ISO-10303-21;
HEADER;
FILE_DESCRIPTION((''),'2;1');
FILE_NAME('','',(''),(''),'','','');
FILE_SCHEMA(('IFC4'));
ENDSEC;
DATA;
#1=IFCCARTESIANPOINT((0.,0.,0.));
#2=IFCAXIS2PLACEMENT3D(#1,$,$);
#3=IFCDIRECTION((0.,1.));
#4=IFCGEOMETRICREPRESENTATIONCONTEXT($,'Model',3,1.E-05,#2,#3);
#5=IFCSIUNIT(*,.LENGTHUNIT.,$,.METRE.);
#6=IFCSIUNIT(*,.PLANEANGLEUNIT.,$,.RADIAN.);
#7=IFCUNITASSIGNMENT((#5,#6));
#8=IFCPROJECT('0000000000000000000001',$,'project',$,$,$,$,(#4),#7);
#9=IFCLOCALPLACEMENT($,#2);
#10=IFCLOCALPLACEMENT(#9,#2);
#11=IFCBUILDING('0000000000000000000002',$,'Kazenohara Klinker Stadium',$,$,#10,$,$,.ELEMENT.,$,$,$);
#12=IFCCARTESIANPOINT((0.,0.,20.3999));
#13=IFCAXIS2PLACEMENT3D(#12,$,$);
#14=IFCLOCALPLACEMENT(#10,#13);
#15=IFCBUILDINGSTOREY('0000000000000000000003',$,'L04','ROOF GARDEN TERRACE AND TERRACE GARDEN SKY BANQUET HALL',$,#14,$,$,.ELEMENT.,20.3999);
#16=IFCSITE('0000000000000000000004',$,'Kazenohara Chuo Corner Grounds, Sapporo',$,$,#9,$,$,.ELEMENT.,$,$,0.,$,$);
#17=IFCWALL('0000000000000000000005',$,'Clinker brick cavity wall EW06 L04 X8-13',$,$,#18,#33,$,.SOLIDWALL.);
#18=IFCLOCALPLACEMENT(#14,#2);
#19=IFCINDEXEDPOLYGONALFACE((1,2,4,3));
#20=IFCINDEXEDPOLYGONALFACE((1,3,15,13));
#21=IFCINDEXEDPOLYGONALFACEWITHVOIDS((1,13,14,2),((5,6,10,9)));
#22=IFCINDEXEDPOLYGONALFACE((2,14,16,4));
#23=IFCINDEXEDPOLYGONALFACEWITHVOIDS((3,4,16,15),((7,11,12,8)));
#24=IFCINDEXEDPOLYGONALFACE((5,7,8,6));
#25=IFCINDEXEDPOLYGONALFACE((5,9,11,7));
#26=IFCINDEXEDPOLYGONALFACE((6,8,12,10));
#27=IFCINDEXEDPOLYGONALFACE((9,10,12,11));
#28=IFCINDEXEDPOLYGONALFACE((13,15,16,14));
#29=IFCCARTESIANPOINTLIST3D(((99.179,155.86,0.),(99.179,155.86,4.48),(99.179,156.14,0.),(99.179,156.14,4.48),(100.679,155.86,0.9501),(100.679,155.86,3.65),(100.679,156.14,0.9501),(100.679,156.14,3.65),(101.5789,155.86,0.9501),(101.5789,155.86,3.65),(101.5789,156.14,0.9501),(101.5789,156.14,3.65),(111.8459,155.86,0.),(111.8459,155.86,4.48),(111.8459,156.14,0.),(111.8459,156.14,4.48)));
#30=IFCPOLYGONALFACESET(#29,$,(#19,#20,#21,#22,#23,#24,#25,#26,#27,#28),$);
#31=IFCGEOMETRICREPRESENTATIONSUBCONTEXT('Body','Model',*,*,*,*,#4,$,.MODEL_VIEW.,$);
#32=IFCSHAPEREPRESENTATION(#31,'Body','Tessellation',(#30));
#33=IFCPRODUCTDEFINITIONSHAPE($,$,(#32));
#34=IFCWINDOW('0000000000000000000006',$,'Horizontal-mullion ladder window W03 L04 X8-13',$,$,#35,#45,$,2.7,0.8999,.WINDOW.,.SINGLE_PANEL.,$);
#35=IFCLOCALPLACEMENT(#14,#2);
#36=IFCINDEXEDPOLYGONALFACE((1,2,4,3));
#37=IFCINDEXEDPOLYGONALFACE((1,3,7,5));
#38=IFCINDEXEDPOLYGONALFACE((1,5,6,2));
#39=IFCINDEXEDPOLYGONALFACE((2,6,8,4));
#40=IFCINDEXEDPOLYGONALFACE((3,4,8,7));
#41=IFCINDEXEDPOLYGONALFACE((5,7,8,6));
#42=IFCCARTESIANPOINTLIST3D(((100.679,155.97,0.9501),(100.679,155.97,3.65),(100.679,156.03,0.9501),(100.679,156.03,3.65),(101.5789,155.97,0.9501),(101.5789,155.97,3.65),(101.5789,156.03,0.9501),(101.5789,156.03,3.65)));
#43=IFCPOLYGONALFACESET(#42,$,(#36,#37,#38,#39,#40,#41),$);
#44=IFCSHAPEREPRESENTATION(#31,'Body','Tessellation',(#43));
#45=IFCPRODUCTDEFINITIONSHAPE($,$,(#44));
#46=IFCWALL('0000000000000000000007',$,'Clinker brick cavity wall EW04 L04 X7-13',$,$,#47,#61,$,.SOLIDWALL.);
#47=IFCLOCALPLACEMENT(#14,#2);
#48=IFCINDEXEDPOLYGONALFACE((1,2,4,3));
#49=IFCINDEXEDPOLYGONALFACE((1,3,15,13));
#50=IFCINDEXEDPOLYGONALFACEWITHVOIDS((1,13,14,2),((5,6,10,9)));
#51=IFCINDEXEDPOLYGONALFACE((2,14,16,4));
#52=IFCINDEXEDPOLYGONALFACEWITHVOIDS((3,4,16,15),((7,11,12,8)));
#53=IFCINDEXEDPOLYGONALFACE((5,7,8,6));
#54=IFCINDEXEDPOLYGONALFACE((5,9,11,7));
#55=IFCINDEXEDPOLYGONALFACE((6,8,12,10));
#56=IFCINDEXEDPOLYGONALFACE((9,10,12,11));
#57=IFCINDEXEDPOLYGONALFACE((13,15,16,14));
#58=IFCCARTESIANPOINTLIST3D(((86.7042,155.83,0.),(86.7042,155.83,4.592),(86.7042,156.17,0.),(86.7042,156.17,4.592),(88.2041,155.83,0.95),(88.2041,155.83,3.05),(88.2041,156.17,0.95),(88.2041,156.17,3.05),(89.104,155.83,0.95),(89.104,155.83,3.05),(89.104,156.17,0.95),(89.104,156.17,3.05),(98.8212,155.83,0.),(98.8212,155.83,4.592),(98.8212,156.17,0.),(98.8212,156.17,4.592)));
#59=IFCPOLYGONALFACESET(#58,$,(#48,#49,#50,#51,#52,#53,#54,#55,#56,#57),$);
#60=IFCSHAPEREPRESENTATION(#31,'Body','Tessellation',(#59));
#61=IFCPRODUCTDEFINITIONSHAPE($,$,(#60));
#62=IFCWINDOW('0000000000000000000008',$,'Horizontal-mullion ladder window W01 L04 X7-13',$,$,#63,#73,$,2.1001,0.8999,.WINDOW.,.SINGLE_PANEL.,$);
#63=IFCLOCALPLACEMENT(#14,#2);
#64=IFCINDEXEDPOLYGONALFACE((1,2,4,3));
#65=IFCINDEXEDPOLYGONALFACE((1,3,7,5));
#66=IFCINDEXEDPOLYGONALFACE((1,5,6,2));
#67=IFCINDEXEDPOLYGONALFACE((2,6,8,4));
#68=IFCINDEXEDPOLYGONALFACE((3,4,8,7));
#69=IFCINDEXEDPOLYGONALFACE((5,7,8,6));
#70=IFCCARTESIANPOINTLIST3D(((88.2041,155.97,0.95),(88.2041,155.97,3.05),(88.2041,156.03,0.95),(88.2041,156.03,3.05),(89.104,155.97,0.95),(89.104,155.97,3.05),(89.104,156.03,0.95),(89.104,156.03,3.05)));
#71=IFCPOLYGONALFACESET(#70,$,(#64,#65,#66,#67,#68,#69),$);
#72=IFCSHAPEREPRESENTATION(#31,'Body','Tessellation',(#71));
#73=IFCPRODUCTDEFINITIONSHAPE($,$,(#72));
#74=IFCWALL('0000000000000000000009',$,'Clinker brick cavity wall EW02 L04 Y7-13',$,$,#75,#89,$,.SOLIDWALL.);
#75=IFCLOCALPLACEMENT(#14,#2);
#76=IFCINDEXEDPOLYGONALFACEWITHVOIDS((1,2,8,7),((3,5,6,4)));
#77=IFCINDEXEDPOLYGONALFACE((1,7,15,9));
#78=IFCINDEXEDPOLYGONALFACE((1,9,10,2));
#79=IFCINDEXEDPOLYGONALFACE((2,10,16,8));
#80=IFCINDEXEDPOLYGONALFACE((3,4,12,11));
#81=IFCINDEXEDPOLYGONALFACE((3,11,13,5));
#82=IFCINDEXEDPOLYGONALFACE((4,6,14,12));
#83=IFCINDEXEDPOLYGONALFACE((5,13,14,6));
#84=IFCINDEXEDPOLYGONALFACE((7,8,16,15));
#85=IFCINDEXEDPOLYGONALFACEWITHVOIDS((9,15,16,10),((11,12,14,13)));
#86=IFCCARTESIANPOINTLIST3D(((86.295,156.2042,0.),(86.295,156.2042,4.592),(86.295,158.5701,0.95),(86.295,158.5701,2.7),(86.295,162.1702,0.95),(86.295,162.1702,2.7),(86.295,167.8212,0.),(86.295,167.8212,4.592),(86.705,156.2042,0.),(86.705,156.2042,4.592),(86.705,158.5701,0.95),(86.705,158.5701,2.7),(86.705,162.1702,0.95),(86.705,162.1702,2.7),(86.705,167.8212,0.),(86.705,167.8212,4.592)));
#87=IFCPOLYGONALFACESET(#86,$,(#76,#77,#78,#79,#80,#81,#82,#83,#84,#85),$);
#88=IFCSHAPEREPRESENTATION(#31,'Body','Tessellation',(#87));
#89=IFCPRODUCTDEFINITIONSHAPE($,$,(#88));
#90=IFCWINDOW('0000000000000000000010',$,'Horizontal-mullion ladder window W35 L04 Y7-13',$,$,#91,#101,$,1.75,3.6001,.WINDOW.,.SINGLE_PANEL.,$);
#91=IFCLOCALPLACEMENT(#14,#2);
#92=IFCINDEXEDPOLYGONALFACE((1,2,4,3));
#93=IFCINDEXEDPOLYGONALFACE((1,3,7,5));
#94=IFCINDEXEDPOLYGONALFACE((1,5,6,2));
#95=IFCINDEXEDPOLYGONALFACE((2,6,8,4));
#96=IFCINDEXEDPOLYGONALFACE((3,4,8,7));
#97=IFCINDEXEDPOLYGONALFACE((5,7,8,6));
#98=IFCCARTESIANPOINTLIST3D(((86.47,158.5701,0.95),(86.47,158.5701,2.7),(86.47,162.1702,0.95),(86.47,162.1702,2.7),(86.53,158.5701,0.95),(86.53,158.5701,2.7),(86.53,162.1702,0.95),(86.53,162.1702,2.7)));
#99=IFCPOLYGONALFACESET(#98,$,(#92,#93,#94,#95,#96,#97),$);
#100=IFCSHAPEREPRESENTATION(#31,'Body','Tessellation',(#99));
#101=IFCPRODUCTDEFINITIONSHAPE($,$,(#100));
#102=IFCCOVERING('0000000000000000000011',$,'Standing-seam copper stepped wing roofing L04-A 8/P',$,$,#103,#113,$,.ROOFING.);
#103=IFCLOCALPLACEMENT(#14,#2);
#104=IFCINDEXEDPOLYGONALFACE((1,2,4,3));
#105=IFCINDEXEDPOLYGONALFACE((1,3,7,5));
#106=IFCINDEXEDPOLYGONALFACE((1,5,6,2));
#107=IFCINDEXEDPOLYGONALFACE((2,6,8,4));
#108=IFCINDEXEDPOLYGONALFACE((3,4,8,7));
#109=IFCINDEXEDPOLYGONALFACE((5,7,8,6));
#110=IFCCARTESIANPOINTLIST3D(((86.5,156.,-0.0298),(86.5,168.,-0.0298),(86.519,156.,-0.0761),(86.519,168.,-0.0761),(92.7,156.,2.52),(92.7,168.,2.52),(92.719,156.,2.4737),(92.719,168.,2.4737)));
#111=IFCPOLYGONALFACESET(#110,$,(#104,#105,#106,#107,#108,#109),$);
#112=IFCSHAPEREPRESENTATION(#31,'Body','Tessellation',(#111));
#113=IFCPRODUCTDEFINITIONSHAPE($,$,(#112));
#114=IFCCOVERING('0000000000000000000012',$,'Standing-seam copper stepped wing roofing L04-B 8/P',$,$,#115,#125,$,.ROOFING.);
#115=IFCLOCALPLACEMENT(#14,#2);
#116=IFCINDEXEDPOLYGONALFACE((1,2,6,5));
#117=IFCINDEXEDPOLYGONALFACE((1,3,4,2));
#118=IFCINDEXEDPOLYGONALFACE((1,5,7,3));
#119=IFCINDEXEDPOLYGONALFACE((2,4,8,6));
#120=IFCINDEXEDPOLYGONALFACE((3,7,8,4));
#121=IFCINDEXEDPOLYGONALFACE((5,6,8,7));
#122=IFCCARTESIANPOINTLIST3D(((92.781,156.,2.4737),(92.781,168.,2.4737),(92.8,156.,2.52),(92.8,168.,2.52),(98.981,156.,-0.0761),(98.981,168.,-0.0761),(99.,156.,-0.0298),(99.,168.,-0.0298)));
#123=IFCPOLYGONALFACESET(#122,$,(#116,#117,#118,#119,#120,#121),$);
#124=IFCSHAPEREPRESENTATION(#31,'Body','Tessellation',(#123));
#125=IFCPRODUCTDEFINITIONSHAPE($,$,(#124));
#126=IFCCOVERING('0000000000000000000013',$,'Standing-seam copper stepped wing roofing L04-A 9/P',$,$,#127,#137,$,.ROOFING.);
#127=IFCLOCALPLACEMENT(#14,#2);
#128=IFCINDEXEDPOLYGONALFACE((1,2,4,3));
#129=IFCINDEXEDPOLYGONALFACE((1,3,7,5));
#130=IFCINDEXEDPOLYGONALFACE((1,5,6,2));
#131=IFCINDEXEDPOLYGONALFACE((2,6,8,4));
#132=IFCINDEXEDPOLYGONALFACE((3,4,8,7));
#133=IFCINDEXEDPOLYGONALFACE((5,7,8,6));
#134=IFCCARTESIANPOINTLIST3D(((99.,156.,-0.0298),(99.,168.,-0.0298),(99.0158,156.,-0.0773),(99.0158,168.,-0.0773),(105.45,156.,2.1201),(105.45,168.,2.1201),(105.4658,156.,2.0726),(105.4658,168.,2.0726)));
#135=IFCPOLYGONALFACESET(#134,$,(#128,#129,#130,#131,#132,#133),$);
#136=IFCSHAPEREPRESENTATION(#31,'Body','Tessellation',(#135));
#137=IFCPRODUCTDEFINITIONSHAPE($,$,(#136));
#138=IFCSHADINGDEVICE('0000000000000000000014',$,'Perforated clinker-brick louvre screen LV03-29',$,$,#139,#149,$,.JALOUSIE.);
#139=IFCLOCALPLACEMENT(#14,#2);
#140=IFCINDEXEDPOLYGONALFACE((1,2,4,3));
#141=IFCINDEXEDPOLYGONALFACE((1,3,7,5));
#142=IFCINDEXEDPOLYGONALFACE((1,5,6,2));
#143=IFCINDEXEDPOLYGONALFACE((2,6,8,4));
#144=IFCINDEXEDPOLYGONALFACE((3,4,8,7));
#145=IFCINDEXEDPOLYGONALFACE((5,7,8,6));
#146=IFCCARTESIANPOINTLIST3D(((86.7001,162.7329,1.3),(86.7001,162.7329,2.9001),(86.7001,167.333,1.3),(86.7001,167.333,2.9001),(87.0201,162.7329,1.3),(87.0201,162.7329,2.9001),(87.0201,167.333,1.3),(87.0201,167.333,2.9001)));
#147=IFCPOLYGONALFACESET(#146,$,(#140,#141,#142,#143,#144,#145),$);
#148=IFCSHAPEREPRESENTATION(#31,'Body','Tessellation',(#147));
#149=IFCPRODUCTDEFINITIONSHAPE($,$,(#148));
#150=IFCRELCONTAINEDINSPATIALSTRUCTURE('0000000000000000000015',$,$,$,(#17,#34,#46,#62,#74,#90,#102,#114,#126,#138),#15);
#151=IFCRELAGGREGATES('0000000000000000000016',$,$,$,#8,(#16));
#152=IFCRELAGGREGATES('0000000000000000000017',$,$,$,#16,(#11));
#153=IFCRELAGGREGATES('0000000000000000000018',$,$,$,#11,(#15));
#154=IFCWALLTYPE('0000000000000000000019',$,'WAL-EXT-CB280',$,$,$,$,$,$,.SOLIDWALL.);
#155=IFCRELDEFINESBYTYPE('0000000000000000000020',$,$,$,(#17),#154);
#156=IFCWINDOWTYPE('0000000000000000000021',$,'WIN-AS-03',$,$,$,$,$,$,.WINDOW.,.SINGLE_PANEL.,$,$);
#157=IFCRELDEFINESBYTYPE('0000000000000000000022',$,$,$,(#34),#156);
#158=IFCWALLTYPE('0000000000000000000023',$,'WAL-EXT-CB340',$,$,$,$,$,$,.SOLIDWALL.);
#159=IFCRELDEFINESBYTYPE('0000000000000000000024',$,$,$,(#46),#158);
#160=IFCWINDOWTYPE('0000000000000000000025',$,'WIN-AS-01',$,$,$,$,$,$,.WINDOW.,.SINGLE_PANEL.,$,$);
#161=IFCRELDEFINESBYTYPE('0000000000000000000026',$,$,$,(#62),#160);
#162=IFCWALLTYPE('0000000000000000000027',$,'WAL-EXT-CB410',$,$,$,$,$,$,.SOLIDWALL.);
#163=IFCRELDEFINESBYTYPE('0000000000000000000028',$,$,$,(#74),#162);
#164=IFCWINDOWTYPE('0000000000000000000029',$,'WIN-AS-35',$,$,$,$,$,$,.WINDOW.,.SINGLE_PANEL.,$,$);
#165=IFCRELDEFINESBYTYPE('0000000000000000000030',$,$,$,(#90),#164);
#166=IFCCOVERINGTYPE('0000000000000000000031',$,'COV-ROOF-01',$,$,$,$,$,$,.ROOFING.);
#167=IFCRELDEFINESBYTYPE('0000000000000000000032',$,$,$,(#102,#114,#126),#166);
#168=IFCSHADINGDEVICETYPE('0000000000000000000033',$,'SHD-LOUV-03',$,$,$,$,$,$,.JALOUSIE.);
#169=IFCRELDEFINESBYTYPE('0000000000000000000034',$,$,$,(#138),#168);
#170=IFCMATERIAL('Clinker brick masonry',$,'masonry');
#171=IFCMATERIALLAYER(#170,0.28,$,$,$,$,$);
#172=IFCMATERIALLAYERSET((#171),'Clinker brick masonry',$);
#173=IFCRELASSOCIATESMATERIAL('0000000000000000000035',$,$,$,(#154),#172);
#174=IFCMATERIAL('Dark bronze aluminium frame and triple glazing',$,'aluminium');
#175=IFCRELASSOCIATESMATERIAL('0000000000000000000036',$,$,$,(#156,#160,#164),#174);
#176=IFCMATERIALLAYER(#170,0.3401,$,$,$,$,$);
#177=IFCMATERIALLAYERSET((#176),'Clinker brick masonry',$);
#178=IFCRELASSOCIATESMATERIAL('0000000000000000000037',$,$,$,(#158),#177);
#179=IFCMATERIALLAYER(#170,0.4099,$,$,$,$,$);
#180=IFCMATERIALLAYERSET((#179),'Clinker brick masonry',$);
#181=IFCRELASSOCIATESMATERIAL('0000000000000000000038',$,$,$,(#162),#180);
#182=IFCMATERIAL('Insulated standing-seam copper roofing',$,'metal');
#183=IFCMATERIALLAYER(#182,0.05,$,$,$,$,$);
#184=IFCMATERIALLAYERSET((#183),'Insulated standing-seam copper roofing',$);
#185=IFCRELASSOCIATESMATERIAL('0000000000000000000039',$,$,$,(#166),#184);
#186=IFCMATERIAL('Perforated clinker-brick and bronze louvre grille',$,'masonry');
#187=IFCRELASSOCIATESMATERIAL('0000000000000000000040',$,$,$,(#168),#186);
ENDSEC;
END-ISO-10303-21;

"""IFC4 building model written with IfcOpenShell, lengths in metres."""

from ifc_helpers import new_model, si_unit, direction, frame, frame_2d, origin, origin_2d, place, context, subcontext, project, spatial, polyline, rectangle, outline, extrude, material, layer, layer_set, type_object, element, fill, save


model = new_model("IFC4")

# Units and contexts
model_context = context("Model", 3, precision=1e-05, world=origin(), true_north=direction((0.0, 1.0)))
body_context = subcontext(model_context, "Body", "Model", "MODEL_VIEW")
ifc_project = project(units=[si_unit("LENGTHUNIT", "METRE"), si_unit("PLANEANGLEUNIT", "RADIAN")], contexts=[model_context])

# Site, building, storey
site_placement = place(None, origin())
site = spatial("IfcSite", under=ifc_project, at=site_placement, Name="Kazenohara Chuo Corner Grounds, Sapporo", CompositionType="ELEMENT", RefElevation=0.0)
building_placement = place(site_placement, origin())
building = spatial("IfcBuilding", under=site, at=building_placement, Name="Kazenohara Klinker Stadium", CompositionType="ELEMENT")
storey_placement = place(building_placement, frame((0.0, 0.0, 20.3999)))
storey = spatial("IfcBuildingStorey", under=building, at=storey_placement, Name="L04", Description="ROOF GARDEN TERRACE AND TERRACE GARDEN SKY BANQUET HALL", CompositionType="ELEMENT", Elevation=20.3999)

# Walls, openings, windows
ifc_material_1 = material(Name="Clinker brick masonry", Category="masonry")
ifc_layer_1 = layer(ifc_material_1, 0.28)
ifc_layer_set_1 = layer_set([ifc_layer_1], Name="Clinker brick masonry")
wall_type_1 = type_object("IfcWallType", Name="WAL-EXT-CB280", PredefinedType="SOLIDWALL", material=ifc_layer_set_1)
wall_1_placement = place(storey_placement, frame((99.179, 156.0, 0.0), z_axis=(0.0, 0.0, 1.0), x_axis=(1.0, 0.0, 0.0)))
wall_1 = element("IfcWall", 1, at=wall_1_placement, inside=storey, type_object=wall_type_1, Name="Clinker brick cavity wall EW06 L04 X8-13", PredefinedType="SOLIDWALL", context=body_context, shape_type="SweptSolid", body=[
    extrude(rectangle(XDim=12.667, YDim=0.28, at=frame_2d((6.3335, 0.0))), origin(), (0.0, 0.0, 1.0), 4.48),
])
opening_1_placement = place(wall_1_placement, frame((1.5, 0.0, 0.95)))
opening_1 = element("IfcOpeningElement", 2, at=opening_1_placement, cuts=wall_1, PredefinedType="OPENING", context=body_context, shape_type="SweptSolid", body=[
    extrude(rectangle(XDim=0.8999, YDim=2.7, at=frame_2d((0.45, 1.3501))), frame((0.0, 0.1499, 0.0), z_axis=(0.0, -1.0, 0.0), x_axis=(1.0, 0.0, 0.0)), (0.0, 0.0, 1.0), 0.3),
])
ifc_material_2 = material(Name="Dark bronze aluminium frame and triple glazing", Category="aluminium")
window_type_1 = type_object("IfcWindowType", Name="WIN-AS-03", PartitioningType="SINGLE_PANEL", PredefinedType="WINDOW", material=ifc_material_2)
window_1_placement = place(opening_1_placement, origin())
window_1 = element("IfcWindow", 3, at=window_1_placement, inside=storey, type_object=window_type_1, Name="Horizontal-mullion ladder window W03 L04 X8-13", OverallHeight=2.7, OverallWidth=0.8999, PartitioningType="SINGLE_PANEL", PredefinedType="WINDOW", context=body_context, shape_type="SweptSolid", body=[
    extrude(rectangle(XDim=0.8999, YDim=2.7, at=frame_2d((0.45, 1.3501))), frame((0.0, 0.03, 0.0), z_axis=(0.0, -1.0, 0.0), x_axis=(1.0, 0.0, 0.0)), (0.0, 0.0, 1.0), 0.0601),
])
fill(opening_1, window_1)
ifc_layer_2 = layer(ifc_material_1, 0.3401)
ifc_layer_set_2 = layer_set([ifc_layer_2], Name="Clinker brick masonry")
wall_type_2 = type_object("IfcWallType", Name="WAL-EXT-CB340", PredefinedType="SOLIDWALL", material=ifc_layer_set_2)
wall_2_placement = place(storey_placement, frame((86.7041, 156.0, 0.0), z_axis=(0.0, 0.0, 1.0), x_axis=(1.0, 0.0, 0.0)))
wall_2 = element("IfcWall", 4, at=wall_2_placement, inside=storey, type_object=wall_type_2, Name="Clinker brick cavity wall EW04 L04 X7-13", PredefinedType="SOLIDWALL", context=body_context, shape_type="SweptSolid", body=[
    extrude(rectangle(XDim=12.1169, YDim=0.3401, at=frame_2d((6.0586, 0.0))), origin(), (0.0, 0.0, 1.0), 4.592),
])
opening_2_placement = place(wall_2_placement, frame((1.5, 0.0, 0.95)))
opening_2 = element("IfcOpeningElement", 5, at=opening_2_placement, cuts=wall_2, PredefinedType="OPENING", context=body_context, shape_type="SweptSolid", body=[
    extrude(rectangle(XDim=0.8999, YDim=2.1001, at=frame_2d((0.45, 1.05))), frame((0.0, 0.1802, 0.0), z_axis=(0.0, -1.0, 0.0), x_axis=(1.0, 0.0, 0.0)), (0.0, 0.0, 1.0), 0.3601),
])
window_type_2 = type_object("IfcWindowType", Name="WIN-AS-01", PartitioningType="SINGLE_PANEL", PredefinedType="WINDOW", material=ifc_material_2)
window_2_placement = place(opening_2_placement, origin())
window_2 = element("IfcWindow", 6, at=window_2_placement, inside=storey, type_object=window_type_2, Name="Horizontal-mullion ladder window W01 L04 X7-13", OverallHeight=2.1001, OverallWidth=0.8999, PartitioningType="SINGLE_PANEL", PredefinedType="WINDOW", context=body_context, shape_type="SweptSolid", body=[
    extrude(rectangle(XDim=0.8999, YDim=2.1001, at=frame_2d((0.45, 1.05))), frame((0.0, 0.03, 0.0), z_axis=(0.0, -1.0, 0.0), x_axis=(1.0, 0.0, 0.0)), (0.0, 0.0, 1.0), 0.0601),
])
fill(opening_2, window_2)
ifc_layer_3 = layer(ifc_material_1, 0.4099)
ifc_layer_set_3 = layer_set([ifc_layer_3], Name="Clinker brick masonry")
wall_type_3 = type_object("IfcWallType", Name="WAL-EXT-CB410", PredefinedType="SOLIDWALL", material=ifc_layer_set_3)
wall_3_placement = place(storey_placement, frame((86.5, 156.2041, 0.0), z_axis=(0.0, 0.0, 1.0), x_axis=(0.0, 1.0, 0.0)))
wall_3 = element("IfcWall", 7, at=wall_3_placement, inside=storey, type_object=wall_type_3, Name="Clinker brick cavity wall EW02 L04 Y7-13", PredefinedType="SOLIDWALL", context=body_context, shape_type="SweptSolid", body=[
    extrude(rectangle(XDim=11.6169, YDim=0.4099, at=frame_2d((5.8086, 0.0))), origin(), (0.0, 0.0, 1.0), 4.592),
])
opening_3_placement = place(wall_3_placement, frame((2.366, 0.0, 0.95)))
opening_3 = element("IfcOpeningElement", 8, at=opening_3_placement, cuts=wall_3, PredefinedType="OPENING", context=body_context, shape_type="SweptSolid", body=[
    extrude(rectangle(XDim=3.6001, YDim=1.75, at=frame_2d((1.8, 0.875))), frame((0.0, 0.2148, 0.0), z_axis=(0.0, -1.0, 0.0), x_axis=(1.0, 0.0, 0.0)), (0.0, 0.0, 1.0), 0.4299),
])
window_type_3 = type_object("IfcWindowType", Name="WIN-AS-35", PartitioningType="SINGLE_PANEL", PredefinedType="WINDOW", material=ifc_material_2)
window_3_placement = place(opening_3_placement, origin())
window_3 = element("IfcWindow", 9, at=window_3_placement, inside=storey, type_object=window_type_3, Name="Horizontal-mullion ladder window W35 L04 Y7-13", OverallHeight=1.75, OverallWidth=3.6001, PartitioningType="SINGLE_PANEL", PredefinedType="WINDOW", context=body_context, shape_type="SweptSolid", body=[
    extrude(rectangle(XDim=3.6001, YDim=1.75, at=frame_2d((1.8, 0.875))), frame((0.0, 0.03, 0.0), z_axis=(0.0, -1.0, 0.0), x_axis=(1.0, 0.0, 0.0)), (0.0, 0.0, 1.0), 0.0601),
])
fill(opening_3, window_3)

# Coverings
ifc_material_3 = material(Name="Insulated standing-seam copper roofing", Category="metal")
ifc_layer_4 = layer(ifc_material_3, 0.05)
ifc_layer_set_4 = layer_set([ifc_layer_4], Name="Insulated standing-seam copper roofing")
covering_type = type_object("IfcCoveringType", Name="COV-ROOF-01", PredefinedType="ROOFING", material=ifc_layer_set_4)
for number, where, z_axis, x_axis, name in (
    (10, (86.5, 156.0, -0.0298), (-0.380352, 0.0, 0.924842), (0.924842, 0.0, 0.380352), "Standing-seam copper stepped wing roofing L04-A 8/P"),
    (11, (92.8, 156.0, 2.52), (0.380352, 0.0, 0.924842), (0.924842, 0.0, -0.380352), "Standing-seam copper stepped wing roofing L04-B 8/P"),
):
    element("IfcCovering", number, at=place(storey_placement, frame(where, z_axis=z_axis, x_axis=x_axis)), inside=storey, type_object=covering_type, Name=name, PredefinedType="ROOFING", context=body_context, shape_type="SweptSolid", body=[
        extrude(outline(polyline([(0.0, 0.0), (6.7038, 0.0), (6.7038, 12.0), (0.0, 12.0), (0.0, 0.0)])), origin(), (0.0, 0.0, -1.0), 0.05),
    ])
covering_placement = place(storey_placement, frame((99.0, 156.0, -0.0298), z_axis=(-0.316217, 0.0, 0.948687), x_axis=(0.948687, 0.0, 0.316217)))
element("IfcCovering", 12, at=covering_placement, inside=storey, type_object=covering_type, Name="Standing-seam copper stepped wing roofing L04-A 9/P", PredefinedType="ROOFING", context=body_context, shape_type="SweptSolid", body=[
    extrude(outline(polyline([(0.0, 0.0), (6.7988, 0.0), (6.7988, 12.0), (0.0, 12.0), (0.0, 0.0)])), origin(), (0.0, 0.0, -1.0), 0.05),
])

# Shading device
ifc_material_4 = material(Name="Perforated clinker-brick and bronze louvre grille", Category="masonry")
shading_device_type = type_object("IfcShadingDeviceType", Name="SHD-LOUV-03", PredefinedType="JALOUSIE", material=ifc_material_4)
shading_device_placement = place(storey_placement, frame((86.8601, 165.033, 1.3), z_axis=(0.0, 0.0, 1.0), x_axis=(0.0, 1.0, 0.0)))
element("IfcShadingDevice", 13, at=shading_device_placement, inside=storey, type_object=shading_device_type, Name="Perforated clinker-brick louvre screen LV03-29", PredefinedType="JALOUSIE", context=body_context, shape_type="SweptSolid", body=[
    extrude(rectangle(XDim=4.6001, YDim=0.3201, at=origin_2d()), origin(), (0.0, 0.0, 1.0), 1.6001),
])

save(model, "model.ifc")
